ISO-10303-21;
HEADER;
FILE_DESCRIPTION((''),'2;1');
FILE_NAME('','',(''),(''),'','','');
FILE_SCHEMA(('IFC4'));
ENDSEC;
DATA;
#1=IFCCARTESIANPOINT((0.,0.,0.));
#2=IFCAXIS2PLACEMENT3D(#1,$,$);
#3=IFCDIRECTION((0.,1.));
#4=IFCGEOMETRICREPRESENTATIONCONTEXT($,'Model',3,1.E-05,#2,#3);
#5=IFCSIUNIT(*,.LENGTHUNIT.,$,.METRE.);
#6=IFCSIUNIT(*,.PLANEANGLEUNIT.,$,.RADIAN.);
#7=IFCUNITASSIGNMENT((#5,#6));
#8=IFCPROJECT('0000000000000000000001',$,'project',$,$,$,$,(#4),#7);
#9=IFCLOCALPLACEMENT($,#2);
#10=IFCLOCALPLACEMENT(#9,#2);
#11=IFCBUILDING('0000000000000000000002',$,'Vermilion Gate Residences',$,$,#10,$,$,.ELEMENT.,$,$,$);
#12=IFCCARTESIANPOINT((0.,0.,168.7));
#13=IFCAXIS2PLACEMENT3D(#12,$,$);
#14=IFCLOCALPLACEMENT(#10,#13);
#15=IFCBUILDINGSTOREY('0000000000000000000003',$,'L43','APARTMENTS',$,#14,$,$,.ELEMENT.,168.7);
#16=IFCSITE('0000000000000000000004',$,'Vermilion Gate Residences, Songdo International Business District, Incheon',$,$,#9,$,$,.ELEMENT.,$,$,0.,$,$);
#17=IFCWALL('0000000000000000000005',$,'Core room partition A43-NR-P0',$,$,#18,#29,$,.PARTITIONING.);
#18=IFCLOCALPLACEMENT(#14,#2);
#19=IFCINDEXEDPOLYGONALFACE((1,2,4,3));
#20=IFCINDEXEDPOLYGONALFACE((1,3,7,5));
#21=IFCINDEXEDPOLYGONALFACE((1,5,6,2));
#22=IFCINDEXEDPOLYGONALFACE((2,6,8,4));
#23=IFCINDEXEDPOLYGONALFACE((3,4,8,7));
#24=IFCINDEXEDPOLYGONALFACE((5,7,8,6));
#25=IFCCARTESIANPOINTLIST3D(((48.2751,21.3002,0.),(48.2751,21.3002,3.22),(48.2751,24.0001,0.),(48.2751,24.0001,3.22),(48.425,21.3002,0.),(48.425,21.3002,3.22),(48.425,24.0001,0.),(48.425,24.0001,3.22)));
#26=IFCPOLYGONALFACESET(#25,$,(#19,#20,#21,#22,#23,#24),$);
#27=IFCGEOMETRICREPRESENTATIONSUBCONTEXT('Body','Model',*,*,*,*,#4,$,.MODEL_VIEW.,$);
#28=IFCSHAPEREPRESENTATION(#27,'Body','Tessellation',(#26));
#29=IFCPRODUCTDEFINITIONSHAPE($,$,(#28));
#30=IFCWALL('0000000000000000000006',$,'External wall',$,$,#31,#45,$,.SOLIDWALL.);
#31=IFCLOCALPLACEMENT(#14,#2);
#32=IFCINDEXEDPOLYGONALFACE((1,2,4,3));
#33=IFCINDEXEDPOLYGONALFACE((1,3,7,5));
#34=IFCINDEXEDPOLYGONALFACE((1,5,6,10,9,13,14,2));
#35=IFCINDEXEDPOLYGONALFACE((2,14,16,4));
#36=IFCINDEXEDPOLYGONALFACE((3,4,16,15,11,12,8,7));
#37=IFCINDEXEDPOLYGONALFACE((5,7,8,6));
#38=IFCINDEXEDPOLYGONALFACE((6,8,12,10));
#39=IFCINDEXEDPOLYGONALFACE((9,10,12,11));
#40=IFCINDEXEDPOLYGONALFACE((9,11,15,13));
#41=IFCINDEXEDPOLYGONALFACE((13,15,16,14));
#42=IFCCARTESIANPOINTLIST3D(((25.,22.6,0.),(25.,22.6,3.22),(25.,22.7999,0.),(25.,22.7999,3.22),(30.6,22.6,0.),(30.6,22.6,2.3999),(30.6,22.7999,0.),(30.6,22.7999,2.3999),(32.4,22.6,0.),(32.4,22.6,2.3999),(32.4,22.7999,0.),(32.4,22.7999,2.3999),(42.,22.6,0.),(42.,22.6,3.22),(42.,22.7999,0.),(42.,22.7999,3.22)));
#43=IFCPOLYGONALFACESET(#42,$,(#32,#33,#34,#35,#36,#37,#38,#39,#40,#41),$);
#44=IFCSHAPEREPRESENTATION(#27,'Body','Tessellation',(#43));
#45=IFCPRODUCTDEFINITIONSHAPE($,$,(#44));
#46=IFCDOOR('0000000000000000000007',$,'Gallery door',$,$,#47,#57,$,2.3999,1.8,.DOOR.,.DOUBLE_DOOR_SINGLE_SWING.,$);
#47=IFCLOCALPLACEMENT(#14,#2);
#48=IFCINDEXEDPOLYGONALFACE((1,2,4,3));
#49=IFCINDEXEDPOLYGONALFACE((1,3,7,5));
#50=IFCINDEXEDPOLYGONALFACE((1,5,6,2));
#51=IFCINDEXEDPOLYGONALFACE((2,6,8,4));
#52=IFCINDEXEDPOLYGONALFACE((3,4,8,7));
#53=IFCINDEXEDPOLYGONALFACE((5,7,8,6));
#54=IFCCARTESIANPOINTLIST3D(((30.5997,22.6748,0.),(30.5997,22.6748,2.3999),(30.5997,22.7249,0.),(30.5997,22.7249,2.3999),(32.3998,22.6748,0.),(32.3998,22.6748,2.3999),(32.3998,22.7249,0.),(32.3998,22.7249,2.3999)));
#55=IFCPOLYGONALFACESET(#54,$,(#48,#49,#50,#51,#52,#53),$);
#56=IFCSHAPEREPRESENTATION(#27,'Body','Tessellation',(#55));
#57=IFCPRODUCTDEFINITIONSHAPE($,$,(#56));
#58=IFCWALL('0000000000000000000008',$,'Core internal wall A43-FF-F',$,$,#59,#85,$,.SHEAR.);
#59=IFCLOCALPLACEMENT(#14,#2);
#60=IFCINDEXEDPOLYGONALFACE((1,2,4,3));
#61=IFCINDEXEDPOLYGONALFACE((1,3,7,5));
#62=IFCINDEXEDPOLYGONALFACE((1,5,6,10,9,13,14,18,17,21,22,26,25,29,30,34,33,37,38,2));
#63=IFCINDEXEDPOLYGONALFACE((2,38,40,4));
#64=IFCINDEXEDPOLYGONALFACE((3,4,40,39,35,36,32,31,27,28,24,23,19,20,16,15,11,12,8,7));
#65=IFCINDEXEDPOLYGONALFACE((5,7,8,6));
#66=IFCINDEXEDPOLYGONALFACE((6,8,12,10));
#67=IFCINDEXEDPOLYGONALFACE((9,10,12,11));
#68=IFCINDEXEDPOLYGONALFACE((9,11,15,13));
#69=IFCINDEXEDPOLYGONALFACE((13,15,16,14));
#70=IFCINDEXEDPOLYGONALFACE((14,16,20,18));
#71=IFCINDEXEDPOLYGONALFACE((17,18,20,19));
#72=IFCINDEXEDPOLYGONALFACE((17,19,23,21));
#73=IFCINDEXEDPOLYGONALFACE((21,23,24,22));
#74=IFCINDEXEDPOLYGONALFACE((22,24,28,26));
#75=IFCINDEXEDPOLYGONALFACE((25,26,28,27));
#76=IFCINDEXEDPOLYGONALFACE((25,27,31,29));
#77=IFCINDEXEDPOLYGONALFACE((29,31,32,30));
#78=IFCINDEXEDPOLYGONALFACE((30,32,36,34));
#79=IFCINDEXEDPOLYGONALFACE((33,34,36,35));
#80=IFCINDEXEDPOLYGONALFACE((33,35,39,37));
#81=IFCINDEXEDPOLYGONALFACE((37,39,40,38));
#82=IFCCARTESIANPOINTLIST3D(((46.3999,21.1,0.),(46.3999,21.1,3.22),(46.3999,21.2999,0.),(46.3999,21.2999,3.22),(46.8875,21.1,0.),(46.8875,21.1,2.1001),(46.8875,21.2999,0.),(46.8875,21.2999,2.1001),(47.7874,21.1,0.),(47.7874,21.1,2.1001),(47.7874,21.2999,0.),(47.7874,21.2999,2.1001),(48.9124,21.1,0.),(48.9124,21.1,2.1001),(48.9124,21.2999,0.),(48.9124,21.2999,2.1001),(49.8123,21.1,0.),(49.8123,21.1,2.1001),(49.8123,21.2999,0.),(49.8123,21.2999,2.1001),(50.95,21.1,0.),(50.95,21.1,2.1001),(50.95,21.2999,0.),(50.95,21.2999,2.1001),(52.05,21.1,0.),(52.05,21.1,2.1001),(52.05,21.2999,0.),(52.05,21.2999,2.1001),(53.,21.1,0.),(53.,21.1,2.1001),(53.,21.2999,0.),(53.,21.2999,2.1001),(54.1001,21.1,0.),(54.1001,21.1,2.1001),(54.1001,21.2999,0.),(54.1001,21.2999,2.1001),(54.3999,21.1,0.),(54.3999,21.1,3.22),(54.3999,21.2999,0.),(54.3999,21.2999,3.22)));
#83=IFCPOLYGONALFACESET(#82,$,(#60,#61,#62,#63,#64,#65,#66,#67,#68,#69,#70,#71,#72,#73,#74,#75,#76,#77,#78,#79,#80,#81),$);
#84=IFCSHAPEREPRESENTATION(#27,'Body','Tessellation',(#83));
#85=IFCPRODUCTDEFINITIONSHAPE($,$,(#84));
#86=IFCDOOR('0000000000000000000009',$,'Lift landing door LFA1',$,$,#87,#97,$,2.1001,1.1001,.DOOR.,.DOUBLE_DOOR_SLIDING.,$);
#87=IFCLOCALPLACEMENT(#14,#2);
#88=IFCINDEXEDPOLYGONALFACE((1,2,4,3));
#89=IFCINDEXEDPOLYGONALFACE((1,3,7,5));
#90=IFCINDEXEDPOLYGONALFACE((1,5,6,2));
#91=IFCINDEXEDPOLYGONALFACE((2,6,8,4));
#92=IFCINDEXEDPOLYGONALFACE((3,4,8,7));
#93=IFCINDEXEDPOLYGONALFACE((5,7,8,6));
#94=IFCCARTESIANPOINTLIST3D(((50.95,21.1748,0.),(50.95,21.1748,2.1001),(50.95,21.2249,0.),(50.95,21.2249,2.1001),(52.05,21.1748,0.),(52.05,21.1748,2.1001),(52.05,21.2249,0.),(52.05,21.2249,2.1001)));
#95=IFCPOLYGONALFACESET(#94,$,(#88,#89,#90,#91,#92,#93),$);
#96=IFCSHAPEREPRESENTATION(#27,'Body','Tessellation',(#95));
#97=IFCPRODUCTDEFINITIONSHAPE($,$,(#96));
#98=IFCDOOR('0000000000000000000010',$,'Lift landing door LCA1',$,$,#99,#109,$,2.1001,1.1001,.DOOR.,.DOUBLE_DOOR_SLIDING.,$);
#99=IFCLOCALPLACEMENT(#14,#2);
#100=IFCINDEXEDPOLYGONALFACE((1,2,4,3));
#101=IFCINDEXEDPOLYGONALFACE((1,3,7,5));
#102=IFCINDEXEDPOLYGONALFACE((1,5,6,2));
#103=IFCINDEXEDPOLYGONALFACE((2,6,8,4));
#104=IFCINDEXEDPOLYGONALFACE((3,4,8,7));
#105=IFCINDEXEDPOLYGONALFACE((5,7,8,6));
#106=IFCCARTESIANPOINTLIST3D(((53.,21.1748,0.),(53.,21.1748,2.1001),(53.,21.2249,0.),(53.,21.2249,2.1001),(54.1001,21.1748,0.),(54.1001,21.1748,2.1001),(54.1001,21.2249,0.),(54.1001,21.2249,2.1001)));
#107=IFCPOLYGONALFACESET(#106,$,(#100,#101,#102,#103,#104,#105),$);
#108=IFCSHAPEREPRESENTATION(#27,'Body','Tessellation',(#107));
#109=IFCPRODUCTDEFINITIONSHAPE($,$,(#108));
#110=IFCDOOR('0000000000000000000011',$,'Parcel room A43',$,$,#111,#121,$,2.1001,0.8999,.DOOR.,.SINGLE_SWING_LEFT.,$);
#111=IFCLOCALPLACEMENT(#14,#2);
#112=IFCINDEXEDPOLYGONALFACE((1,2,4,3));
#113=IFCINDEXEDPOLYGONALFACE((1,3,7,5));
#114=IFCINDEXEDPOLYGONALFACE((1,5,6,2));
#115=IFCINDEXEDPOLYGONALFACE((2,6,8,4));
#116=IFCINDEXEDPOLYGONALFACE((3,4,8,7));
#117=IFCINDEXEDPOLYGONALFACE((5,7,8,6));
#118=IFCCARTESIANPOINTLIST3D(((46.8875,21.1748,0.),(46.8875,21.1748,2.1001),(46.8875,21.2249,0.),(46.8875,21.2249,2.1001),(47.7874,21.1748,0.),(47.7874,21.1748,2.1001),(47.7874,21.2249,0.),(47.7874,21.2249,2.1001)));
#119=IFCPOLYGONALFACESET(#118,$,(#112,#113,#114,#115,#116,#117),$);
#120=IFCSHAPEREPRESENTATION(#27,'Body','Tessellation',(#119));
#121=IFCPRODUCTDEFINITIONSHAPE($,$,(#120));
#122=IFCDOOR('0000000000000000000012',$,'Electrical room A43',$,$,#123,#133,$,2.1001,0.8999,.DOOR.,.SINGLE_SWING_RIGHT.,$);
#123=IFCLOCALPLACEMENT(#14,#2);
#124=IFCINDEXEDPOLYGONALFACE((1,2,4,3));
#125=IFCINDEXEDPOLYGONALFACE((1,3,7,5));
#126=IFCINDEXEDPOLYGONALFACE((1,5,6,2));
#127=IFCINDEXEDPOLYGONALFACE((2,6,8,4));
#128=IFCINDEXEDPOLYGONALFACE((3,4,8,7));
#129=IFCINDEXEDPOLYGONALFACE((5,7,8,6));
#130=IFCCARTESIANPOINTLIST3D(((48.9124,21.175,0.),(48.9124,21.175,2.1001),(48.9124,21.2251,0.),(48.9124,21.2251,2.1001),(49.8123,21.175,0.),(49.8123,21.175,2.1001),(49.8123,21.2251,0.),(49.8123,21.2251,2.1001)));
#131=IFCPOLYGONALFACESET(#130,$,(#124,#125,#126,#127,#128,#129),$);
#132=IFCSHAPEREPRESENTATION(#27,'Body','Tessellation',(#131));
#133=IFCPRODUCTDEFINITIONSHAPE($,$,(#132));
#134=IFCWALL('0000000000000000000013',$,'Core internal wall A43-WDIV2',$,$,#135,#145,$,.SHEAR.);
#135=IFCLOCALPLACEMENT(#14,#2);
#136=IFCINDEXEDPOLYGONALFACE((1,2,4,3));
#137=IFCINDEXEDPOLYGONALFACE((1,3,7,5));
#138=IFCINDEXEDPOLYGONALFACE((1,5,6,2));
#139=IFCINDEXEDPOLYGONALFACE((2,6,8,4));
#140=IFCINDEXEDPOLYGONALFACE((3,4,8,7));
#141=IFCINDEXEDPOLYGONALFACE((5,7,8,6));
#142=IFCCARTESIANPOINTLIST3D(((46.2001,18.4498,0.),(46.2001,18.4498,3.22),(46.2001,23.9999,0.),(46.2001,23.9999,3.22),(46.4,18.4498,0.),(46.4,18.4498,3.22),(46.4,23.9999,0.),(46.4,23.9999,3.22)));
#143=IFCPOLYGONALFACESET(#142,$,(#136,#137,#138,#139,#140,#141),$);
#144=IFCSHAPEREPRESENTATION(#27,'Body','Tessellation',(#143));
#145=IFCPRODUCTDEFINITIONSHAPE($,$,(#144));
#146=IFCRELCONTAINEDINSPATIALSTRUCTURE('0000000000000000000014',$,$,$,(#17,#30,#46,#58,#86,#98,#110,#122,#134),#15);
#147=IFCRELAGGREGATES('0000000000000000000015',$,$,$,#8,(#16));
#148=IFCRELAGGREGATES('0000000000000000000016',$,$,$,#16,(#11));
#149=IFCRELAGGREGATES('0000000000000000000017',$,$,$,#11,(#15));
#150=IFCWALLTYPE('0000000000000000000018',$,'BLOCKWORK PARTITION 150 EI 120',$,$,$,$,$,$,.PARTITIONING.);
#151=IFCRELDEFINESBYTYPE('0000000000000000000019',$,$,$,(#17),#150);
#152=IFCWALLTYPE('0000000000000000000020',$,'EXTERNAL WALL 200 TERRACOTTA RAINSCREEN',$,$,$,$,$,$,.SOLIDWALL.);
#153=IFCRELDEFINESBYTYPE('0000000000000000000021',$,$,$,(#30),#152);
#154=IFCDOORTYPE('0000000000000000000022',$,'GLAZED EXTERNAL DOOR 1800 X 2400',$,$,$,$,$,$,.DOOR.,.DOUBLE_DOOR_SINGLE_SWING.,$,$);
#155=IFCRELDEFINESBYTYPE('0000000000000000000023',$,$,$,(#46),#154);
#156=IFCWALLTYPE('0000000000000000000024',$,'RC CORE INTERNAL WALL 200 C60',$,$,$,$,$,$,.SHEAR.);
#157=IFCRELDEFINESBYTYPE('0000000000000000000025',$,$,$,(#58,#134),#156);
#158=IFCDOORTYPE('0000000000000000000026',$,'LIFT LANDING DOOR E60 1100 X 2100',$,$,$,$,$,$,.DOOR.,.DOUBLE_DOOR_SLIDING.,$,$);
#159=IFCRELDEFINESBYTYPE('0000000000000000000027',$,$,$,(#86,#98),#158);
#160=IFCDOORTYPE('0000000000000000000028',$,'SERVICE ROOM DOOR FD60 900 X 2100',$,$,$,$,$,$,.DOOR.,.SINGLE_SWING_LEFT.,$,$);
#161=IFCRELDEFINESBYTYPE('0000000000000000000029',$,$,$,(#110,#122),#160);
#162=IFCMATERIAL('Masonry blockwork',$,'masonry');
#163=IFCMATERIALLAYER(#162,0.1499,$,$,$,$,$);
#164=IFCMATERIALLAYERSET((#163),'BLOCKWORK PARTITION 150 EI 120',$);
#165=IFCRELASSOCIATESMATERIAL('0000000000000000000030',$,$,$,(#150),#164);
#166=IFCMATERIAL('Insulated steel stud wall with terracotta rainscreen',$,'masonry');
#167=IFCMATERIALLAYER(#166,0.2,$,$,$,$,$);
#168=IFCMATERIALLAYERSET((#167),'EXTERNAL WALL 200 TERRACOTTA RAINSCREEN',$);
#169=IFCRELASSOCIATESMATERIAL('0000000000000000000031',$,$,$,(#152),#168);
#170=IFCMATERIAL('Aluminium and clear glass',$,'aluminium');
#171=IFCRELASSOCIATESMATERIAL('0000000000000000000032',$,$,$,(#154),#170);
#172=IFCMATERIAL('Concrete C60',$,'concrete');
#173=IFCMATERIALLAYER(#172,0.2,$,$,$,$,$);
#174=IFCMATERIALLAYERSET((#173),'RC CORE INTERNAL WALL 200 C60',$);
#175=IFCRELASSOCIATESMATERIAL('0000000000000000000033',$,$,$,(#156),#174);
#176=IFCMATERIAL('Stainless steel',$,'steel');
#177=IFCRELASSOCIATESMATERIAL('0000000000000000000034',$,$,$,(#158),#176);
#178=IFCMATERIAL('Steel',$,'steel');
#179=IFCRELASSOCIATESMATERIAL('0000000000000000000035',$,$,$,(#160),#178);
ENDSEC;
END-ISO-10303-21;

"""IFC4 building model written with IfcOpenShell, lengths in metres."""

from ifc_helpers import new_model, si_unit, direction, frame, frame_2d, origin, place, context, subcontext, project, spatial, rectangle, extrude, material, layer, layer_set, type_object, element, fill, save


model = new_model("IFC4")

# Units and contexts
model_context = context("Model", 3, precision=1e-05, world=origin(), true_north=direction((0.0, 1.0)))
body_context = subcontext(model_context, "Body", "Model", "MODEL_VIEW")
ifc_project = project(units=[si_unit("LENGTHUNIT", "METRE"), si_unit("PLANEANGLEUNIT", "RADIAN")], contexts=[model_context])

# Site, building, storey
site_placement = place(None, origin())
site = spatial("IfcSite", under=ifc_project, at=site_placement, Name="Vermilion Gate Residences, Songdo International Business District, Incheon", CompositionType="ELEMENT", RefElevation=0.0)
building_placement = place(site_placement, origin())
building = spatial("IfcBuilding", under=site, at=building_placement, Name="Vermilion Gate Residences", CompositionType="ELEMENT")
storey_placement = place(building_placement, frame((0.0, 0.0, 168.7)))
storey = spatial("IfcBuildingStorey", under=building, at=storey_placement, Name="L43", Description="APARTMENTS", CompositionType="ELEMENT", Elevation=168.7)

# Wall
ifc_material_1 = material(Name="Masonry blockwork", Category="masonry")
ifc_layer_1 = layer(ifc_material_1, 0.1499)
ifc_layer_set_1 = layer_set([ifc_layer_1], Name="BLOCKWORK PARTITION 150 EI 120")
wall_type_1 = type_object("IfcWallType", Name="BLOCKWORK PARTITION 150 EI 120", PredefinedType="PARTITIONING", material=ifc_layer_set_1)
wall_1_placement = place(storey_placement, frame((48.3501, 21.3, 0.0), z_axis=(0.0, 0.0, 1.0), x_axis=(0.0, 1.0, 0.0)))
element("IfcWall", 1, at=wall_1_placement, inside=storey, type_object=wall_type_1, Name="Core room partition A43-NR-P0", PredefinedType="PARTITIONING", context=body_context, shape_type="SweptSolid", body=[
    extrude(rectangle(XDim=2.7, YDim=0.1499, at=frame_2d((1.3501, 0.0))), origin(), (0.0, 0.0, 1.0), 3.22),
])

# Wall, opening, door
ifc_material_2 = material(Name="Insulated steel stud wall with terracotta rainscreen", Category="masonry")
ifc_layer_2 = layer(ifc_material_2, 0.2)
ifc_layer_set_2 = layer_set([ifc_layer_2], Name="EXTERNAL WALL 200 TERRACOTTA RAINSCREEN")
wall_type_2 = type_object("IfcWallType", Name="EXTERNAL WALL 200 TERRACOTTA RAINSCREEN", PredefinedType="SOLIDWALL", material=ifc_layer_set_2)
wall_2_placement = place(storey_placement, frame((42.0, 22.7, 0.0), z_axis=(0.0, 0.0, 1.0), x_axis=(-1.0, 0.0, 0.0)))
wall_2 = element("IfcWall", 2, at=wall_2_placement, inside=storey, type_object=wall_type_2, Name="External wall", PredefinedType="SOLIDWALL", context=body_context, shape_type="SweptSolid", body=[
    extrude(rectangle(XDim=17.0, YDim=0.2, at=frame_2d((8.5, 0.0))), origin(), (0.0, 0.0, 1.0), 3.22),
])
opening_1_placement = place(wall_2_placement, frame((9.6001, 0.0, 0.0)))
opening_1 = element("IfcOpeningElement", 3, at=opening_1_placement, cuts=wall_2, PredefinedType="OPENING", context=body_context, shape_type="SweptSolid", body=[
    extrude(rectangle(XDim=1.8, YDim=2.3999, at=frame_2d((0.8999, 1.2))), frame((0.0, 0.1099, 0.0), z_axis=(0.0, -1.0, 0.0), x_axis=(1.0, 0.0, 0.0)), (0.0, 0.0, 1.0), 0.22),
])
ifc_material_3 = material(Name="Aluminium and clear glass", Category="aluminium")
door_type_1 = type_object("IfcDoorType", Name="GLAZED EXTERNAL DOOR 1800 X 2400", OperationType="DOUBLE_DOOR_SINGLE_SWING", PredefinedType="DOOR", material=ifc_material_3)
door_1_placement = place(opening_1_placement, frame((1.8, 0.0, 0.0), z_axis=(0.0, 0.0, 1.0), x_axis=(-1.0, 0.0, 0.0)))
door_1 = element("IfcDoor", 4, at=door_1_placement, inside=storey, type_object=door_type_1, Name="Gallery door", OperationType="DOUBLE_DOOR_SINGLE_SWING", OverallHeight=2.3999, OverallWidth=1.8, PredefinedType="DOOR", context=body_context, shape_type="SweptSolid", body=[
    extrude(rectangle(XDim=1.8, YDim=2.3999, at=frame_2d((0.8999, 1.2))), frame((0.0, 0.0249, 0.0), z_axis=(0.0, -1.0, 0.0), x_axis=(1.0, 0.0, 0.0)), (0.0, 0.0, 1.0), 0.05),
])
fill(opening_1, door_1)

# Wall, openings, doors
ifc_material_4 = material(Name="Concrete C60", Category="concrete")
ifc_layer_3 = layer(ifc_material_4, 0.2)
ifc_layer_set_3 = layer_set([ifc_layer_3], Name="RC CORE INTERNAL WALL 200 C60")
wall_type_3 = type_object("IfcWallType", Name="RC CORE INTERNAL WALL 200 C60", PredefinedType="SHEAR", material=ifc_layer_set_3)
wall_3_placement = place(storey_placement, frame((46.3999, 21.2, 0.0), z_axis=(0.0, 0.0, 1.0), x_axis=(1.0, 0.0, 0.0)))
wall_3 = element("IfcWall", 5, at=wall_3_placement, inside=storey, type_object=wall_type_3, Name="Core internal wall A43-FF-F", PredefinedType="SHEAR", context=body_context, shape_type="SweptSolid", body=[
    extrude(rectangle(XDim=8.0, YDim=0.2, at=frame_2d((4.0, 0.0))), origin(), (0.0, 0.0, 1.0), 3.22),
])
opening_2_placement = place(wall_3_placement, frame((0.4875, 0.0, 0.0)))
opening_2 = element("IfcOpeningElement", 6, at=opening_2_placement, cuts=wall_3, PredefinedType="OPENING", context=body_context, shape_type="SweptSolid", body=[
    extrude(rectangle(XDim=0.8999, YDim=2.1001, at=frame_2d((0.45, 1.05))), frame((0.0, 0.1099, 0.0), z_axis=(0.0, -1.0, 0.0), x_axis=(1.0, 0.0, 0.0)), (0.0, 0.0, 1.0), 0.22),
])
opening_3_placement = place(wall_3_placement, frame((2.5125, 0.0, 0.0)))
opening_3 = element("IfcOpeningElement", 7, at=opening_3_placement, cuts=wall_3, PredefinedType="OPENING", context=body_context, shape_type="SweptSolid", body=[
    extrude(rectangle(XDim=0.8999, YDim=2.1001, at=frame_2d((0.45, 1.05))), frame((0.0, 0.1099, 0.0), z_axis=(0.0, -1.0, 0.0), x_axis=(1.0, 0.0, 0.0)), (0.0, 0.0, 1.0), 0.22),
])
opening_4_placement = place(wall_3_placement, frame((4.55, 0.0, 0.0)))
opening_4 = element("IfcOpeningElement", 8, at=opening_4_placement, cuts=wall_3, PredefinedType="OPENING", context=body_context, shape_type="SweptSolid", body=[
    extrude(rectangle(XDim=1.1001, YDim=2.1001, at=frame_2d((0.55, 1.05))), frame((0.0, 0.1099, 0.0), z_axis=(0.0, -1.0, 0.0), x_axis=(1.0, 0.0, 0.0)), (0.0, 0.0, 1.0), 0.22),
])
opening_5_placement = place(wall_3_placement, frame((6.6001, 0.0, 0.0)))
opening_5 = element("IfcOpeningElement", 9, at=opening_5_placement, cuts=wall_3, PredefinedType="OPENING", context=body_context, shape_type="SweptSolid", body=[
    extrude(rectangle(XDim=1.1001, YDim=2.1001, at=frame_2d((0.55, 1.05))), frame((0.0, 0.1099, 0.0), z_axis=(0.0, -1.0, 0.0), x_axis=(1.0, 0.0, 0.0)), (0.0, 0.0, 1.0), 0.22),
])
ifc_material_5 = material(Name="Stainless steel", Category="steel")
door_type_2 = type_object("IfcDoorType", Name="LIFT LANDING DOOR E60 1100 X 2100", OperationType="DOUBLE_DOOR_SLIDING", PredefinedType="DOOR", material=ifc_material_5)
door_2_placement = place(opening_4_placement, origin())
door_2 = element("IfcDoor", 10, at=door_2_placement, inside=storey, type_object=door_type_2, Name="Lift landing door LFA1", OperationType="DOUBLE_DOOR_SLIDING", OverallHeight=2.1001, OverallWidth=1.1001, PredefinedType="DOOR", context=body_context, shape_type="SweptSolid", body=[
    extrude(rectangle(XDim=1.1001, YDim=2.1001, at=frame_2d((0.55, 1.05))), frame((0.0, 0.0249, 0.0), z_axis=(0.0, -1.0, 0.0), x_axis=(1.0, 0.0, 0.0)), (0.0, 0.0, 1.0), 0.05),
])
fill(opening_4, door_2)
door_3_placement = place(opening_5_placement, origin())
door_3 = element("IfcDoor", 11, at=door_3_placement, inside=storey, type_object=door_type_2, Name="Lift landing door LCA1", OperationType="DOUBLE_DOOR_SLIDING", OverallHeight=2.1001, OverallWidth=1.1001, PredefinedType="DOOR", context=body_context, shape_type="SweptSolid", body=[
    extrude(rectangle(XDim=1.1001, YDim=2.1001, at=frame_2d((0.55, 1.05))), frame((0.0, 0.0249, 0.0), z_axis=(0.0, -1.0, 0.0), x_axis=(1.0, 0.0, 0.0)), (0.0, 0.0, 1.0), 0.05),
])
fill(opening_5, door_3)
ifc_material_6 = material(Name="Steel", Category="steel")
door_type_3 = type_object("IfcDoorType", Name="SERVICE ROOM DOOR FD60 900 X 2100", OperationType="SINGLE_SWING_LEFT", PredefinedType="DOOR", material=ifc_material_6)
door_4_placement = place(opening_2_placement, origin())
door_4 = element("IfcDoor", 12, at=door_4_placement, inside=storey, type_object=door_type_3, Name="Parcel room A43", OperationType="SINGLE_SWING_LEFT", OverallHeight=2.1001, OverallWidth=0.8999, PredefinedType="DOOR", context=body_context, shape_type="SweptSolid", body=[
    extrude(rectangle(XDim=0.8999, YDim=2.1001, at=frame_2d((0.45, 1.05))), frame((0.0, 0.0249, 0.0), z_axis=(0.0, -1.0, 0.0), x_axis=(1.0, 0.0, 0.0)), (0.0, 0.0, 1.0), 0.05),
])
fill(opening_2, door_4)
door_5_placement = place(opening_3_placement, frame((0.8999, 0.0, 0.0), z_axis=(0.0, 0.0, 1.0), x_axis=(-1.0, 0.0, 0.0)))
door_5 = element("IfcDoor", 13, at=door_5_placement, inside=storey, type_object=door_type_3, Name="Electrical room A43", OperationType="SINGLE_SWING_RIGHT", OverallHeight=2.1001, OverallWidth=0.8999, PredefinedType="DOOR", context=body_context, shape_type="SweptSolid", body=[
    extrude(rectangle(XDim=0.8999, YDim=2.1001, at=frame_2d((0.45, 1.05))), frame((0.0, 0.0249, 0.0), z_axis=(0.0, -1.0, 0.0), x_axis=(1.0, 0.0, 0.0)), (0.0, 0.0, 1.0), 0.05),
])
fill(opening_3, door_5)

# Wall
wall_4_placement = place(storey_placement, frame((46.3, 18.45, 0.0), z_axis=(0.0, 0.0, 1.0), x_axis=(0.0, 1.0, 0.0)))
element("IfcWall", 14, at=wall_4_placement, inside=storey, type_object=wall_type_3, Name="Core internal wall A43-WDIV2", PredefinedType="SHEAR", context=body_context, shape_type="SweptSolid", body=[
    extrude(rectangle(XDim=5.55, YDim=0.2, at=frame_2d((2.7749, 0.0))), origin(), (0.0, 0.0, 1.0), 3.22),
])

save(model, "model.ifc")
